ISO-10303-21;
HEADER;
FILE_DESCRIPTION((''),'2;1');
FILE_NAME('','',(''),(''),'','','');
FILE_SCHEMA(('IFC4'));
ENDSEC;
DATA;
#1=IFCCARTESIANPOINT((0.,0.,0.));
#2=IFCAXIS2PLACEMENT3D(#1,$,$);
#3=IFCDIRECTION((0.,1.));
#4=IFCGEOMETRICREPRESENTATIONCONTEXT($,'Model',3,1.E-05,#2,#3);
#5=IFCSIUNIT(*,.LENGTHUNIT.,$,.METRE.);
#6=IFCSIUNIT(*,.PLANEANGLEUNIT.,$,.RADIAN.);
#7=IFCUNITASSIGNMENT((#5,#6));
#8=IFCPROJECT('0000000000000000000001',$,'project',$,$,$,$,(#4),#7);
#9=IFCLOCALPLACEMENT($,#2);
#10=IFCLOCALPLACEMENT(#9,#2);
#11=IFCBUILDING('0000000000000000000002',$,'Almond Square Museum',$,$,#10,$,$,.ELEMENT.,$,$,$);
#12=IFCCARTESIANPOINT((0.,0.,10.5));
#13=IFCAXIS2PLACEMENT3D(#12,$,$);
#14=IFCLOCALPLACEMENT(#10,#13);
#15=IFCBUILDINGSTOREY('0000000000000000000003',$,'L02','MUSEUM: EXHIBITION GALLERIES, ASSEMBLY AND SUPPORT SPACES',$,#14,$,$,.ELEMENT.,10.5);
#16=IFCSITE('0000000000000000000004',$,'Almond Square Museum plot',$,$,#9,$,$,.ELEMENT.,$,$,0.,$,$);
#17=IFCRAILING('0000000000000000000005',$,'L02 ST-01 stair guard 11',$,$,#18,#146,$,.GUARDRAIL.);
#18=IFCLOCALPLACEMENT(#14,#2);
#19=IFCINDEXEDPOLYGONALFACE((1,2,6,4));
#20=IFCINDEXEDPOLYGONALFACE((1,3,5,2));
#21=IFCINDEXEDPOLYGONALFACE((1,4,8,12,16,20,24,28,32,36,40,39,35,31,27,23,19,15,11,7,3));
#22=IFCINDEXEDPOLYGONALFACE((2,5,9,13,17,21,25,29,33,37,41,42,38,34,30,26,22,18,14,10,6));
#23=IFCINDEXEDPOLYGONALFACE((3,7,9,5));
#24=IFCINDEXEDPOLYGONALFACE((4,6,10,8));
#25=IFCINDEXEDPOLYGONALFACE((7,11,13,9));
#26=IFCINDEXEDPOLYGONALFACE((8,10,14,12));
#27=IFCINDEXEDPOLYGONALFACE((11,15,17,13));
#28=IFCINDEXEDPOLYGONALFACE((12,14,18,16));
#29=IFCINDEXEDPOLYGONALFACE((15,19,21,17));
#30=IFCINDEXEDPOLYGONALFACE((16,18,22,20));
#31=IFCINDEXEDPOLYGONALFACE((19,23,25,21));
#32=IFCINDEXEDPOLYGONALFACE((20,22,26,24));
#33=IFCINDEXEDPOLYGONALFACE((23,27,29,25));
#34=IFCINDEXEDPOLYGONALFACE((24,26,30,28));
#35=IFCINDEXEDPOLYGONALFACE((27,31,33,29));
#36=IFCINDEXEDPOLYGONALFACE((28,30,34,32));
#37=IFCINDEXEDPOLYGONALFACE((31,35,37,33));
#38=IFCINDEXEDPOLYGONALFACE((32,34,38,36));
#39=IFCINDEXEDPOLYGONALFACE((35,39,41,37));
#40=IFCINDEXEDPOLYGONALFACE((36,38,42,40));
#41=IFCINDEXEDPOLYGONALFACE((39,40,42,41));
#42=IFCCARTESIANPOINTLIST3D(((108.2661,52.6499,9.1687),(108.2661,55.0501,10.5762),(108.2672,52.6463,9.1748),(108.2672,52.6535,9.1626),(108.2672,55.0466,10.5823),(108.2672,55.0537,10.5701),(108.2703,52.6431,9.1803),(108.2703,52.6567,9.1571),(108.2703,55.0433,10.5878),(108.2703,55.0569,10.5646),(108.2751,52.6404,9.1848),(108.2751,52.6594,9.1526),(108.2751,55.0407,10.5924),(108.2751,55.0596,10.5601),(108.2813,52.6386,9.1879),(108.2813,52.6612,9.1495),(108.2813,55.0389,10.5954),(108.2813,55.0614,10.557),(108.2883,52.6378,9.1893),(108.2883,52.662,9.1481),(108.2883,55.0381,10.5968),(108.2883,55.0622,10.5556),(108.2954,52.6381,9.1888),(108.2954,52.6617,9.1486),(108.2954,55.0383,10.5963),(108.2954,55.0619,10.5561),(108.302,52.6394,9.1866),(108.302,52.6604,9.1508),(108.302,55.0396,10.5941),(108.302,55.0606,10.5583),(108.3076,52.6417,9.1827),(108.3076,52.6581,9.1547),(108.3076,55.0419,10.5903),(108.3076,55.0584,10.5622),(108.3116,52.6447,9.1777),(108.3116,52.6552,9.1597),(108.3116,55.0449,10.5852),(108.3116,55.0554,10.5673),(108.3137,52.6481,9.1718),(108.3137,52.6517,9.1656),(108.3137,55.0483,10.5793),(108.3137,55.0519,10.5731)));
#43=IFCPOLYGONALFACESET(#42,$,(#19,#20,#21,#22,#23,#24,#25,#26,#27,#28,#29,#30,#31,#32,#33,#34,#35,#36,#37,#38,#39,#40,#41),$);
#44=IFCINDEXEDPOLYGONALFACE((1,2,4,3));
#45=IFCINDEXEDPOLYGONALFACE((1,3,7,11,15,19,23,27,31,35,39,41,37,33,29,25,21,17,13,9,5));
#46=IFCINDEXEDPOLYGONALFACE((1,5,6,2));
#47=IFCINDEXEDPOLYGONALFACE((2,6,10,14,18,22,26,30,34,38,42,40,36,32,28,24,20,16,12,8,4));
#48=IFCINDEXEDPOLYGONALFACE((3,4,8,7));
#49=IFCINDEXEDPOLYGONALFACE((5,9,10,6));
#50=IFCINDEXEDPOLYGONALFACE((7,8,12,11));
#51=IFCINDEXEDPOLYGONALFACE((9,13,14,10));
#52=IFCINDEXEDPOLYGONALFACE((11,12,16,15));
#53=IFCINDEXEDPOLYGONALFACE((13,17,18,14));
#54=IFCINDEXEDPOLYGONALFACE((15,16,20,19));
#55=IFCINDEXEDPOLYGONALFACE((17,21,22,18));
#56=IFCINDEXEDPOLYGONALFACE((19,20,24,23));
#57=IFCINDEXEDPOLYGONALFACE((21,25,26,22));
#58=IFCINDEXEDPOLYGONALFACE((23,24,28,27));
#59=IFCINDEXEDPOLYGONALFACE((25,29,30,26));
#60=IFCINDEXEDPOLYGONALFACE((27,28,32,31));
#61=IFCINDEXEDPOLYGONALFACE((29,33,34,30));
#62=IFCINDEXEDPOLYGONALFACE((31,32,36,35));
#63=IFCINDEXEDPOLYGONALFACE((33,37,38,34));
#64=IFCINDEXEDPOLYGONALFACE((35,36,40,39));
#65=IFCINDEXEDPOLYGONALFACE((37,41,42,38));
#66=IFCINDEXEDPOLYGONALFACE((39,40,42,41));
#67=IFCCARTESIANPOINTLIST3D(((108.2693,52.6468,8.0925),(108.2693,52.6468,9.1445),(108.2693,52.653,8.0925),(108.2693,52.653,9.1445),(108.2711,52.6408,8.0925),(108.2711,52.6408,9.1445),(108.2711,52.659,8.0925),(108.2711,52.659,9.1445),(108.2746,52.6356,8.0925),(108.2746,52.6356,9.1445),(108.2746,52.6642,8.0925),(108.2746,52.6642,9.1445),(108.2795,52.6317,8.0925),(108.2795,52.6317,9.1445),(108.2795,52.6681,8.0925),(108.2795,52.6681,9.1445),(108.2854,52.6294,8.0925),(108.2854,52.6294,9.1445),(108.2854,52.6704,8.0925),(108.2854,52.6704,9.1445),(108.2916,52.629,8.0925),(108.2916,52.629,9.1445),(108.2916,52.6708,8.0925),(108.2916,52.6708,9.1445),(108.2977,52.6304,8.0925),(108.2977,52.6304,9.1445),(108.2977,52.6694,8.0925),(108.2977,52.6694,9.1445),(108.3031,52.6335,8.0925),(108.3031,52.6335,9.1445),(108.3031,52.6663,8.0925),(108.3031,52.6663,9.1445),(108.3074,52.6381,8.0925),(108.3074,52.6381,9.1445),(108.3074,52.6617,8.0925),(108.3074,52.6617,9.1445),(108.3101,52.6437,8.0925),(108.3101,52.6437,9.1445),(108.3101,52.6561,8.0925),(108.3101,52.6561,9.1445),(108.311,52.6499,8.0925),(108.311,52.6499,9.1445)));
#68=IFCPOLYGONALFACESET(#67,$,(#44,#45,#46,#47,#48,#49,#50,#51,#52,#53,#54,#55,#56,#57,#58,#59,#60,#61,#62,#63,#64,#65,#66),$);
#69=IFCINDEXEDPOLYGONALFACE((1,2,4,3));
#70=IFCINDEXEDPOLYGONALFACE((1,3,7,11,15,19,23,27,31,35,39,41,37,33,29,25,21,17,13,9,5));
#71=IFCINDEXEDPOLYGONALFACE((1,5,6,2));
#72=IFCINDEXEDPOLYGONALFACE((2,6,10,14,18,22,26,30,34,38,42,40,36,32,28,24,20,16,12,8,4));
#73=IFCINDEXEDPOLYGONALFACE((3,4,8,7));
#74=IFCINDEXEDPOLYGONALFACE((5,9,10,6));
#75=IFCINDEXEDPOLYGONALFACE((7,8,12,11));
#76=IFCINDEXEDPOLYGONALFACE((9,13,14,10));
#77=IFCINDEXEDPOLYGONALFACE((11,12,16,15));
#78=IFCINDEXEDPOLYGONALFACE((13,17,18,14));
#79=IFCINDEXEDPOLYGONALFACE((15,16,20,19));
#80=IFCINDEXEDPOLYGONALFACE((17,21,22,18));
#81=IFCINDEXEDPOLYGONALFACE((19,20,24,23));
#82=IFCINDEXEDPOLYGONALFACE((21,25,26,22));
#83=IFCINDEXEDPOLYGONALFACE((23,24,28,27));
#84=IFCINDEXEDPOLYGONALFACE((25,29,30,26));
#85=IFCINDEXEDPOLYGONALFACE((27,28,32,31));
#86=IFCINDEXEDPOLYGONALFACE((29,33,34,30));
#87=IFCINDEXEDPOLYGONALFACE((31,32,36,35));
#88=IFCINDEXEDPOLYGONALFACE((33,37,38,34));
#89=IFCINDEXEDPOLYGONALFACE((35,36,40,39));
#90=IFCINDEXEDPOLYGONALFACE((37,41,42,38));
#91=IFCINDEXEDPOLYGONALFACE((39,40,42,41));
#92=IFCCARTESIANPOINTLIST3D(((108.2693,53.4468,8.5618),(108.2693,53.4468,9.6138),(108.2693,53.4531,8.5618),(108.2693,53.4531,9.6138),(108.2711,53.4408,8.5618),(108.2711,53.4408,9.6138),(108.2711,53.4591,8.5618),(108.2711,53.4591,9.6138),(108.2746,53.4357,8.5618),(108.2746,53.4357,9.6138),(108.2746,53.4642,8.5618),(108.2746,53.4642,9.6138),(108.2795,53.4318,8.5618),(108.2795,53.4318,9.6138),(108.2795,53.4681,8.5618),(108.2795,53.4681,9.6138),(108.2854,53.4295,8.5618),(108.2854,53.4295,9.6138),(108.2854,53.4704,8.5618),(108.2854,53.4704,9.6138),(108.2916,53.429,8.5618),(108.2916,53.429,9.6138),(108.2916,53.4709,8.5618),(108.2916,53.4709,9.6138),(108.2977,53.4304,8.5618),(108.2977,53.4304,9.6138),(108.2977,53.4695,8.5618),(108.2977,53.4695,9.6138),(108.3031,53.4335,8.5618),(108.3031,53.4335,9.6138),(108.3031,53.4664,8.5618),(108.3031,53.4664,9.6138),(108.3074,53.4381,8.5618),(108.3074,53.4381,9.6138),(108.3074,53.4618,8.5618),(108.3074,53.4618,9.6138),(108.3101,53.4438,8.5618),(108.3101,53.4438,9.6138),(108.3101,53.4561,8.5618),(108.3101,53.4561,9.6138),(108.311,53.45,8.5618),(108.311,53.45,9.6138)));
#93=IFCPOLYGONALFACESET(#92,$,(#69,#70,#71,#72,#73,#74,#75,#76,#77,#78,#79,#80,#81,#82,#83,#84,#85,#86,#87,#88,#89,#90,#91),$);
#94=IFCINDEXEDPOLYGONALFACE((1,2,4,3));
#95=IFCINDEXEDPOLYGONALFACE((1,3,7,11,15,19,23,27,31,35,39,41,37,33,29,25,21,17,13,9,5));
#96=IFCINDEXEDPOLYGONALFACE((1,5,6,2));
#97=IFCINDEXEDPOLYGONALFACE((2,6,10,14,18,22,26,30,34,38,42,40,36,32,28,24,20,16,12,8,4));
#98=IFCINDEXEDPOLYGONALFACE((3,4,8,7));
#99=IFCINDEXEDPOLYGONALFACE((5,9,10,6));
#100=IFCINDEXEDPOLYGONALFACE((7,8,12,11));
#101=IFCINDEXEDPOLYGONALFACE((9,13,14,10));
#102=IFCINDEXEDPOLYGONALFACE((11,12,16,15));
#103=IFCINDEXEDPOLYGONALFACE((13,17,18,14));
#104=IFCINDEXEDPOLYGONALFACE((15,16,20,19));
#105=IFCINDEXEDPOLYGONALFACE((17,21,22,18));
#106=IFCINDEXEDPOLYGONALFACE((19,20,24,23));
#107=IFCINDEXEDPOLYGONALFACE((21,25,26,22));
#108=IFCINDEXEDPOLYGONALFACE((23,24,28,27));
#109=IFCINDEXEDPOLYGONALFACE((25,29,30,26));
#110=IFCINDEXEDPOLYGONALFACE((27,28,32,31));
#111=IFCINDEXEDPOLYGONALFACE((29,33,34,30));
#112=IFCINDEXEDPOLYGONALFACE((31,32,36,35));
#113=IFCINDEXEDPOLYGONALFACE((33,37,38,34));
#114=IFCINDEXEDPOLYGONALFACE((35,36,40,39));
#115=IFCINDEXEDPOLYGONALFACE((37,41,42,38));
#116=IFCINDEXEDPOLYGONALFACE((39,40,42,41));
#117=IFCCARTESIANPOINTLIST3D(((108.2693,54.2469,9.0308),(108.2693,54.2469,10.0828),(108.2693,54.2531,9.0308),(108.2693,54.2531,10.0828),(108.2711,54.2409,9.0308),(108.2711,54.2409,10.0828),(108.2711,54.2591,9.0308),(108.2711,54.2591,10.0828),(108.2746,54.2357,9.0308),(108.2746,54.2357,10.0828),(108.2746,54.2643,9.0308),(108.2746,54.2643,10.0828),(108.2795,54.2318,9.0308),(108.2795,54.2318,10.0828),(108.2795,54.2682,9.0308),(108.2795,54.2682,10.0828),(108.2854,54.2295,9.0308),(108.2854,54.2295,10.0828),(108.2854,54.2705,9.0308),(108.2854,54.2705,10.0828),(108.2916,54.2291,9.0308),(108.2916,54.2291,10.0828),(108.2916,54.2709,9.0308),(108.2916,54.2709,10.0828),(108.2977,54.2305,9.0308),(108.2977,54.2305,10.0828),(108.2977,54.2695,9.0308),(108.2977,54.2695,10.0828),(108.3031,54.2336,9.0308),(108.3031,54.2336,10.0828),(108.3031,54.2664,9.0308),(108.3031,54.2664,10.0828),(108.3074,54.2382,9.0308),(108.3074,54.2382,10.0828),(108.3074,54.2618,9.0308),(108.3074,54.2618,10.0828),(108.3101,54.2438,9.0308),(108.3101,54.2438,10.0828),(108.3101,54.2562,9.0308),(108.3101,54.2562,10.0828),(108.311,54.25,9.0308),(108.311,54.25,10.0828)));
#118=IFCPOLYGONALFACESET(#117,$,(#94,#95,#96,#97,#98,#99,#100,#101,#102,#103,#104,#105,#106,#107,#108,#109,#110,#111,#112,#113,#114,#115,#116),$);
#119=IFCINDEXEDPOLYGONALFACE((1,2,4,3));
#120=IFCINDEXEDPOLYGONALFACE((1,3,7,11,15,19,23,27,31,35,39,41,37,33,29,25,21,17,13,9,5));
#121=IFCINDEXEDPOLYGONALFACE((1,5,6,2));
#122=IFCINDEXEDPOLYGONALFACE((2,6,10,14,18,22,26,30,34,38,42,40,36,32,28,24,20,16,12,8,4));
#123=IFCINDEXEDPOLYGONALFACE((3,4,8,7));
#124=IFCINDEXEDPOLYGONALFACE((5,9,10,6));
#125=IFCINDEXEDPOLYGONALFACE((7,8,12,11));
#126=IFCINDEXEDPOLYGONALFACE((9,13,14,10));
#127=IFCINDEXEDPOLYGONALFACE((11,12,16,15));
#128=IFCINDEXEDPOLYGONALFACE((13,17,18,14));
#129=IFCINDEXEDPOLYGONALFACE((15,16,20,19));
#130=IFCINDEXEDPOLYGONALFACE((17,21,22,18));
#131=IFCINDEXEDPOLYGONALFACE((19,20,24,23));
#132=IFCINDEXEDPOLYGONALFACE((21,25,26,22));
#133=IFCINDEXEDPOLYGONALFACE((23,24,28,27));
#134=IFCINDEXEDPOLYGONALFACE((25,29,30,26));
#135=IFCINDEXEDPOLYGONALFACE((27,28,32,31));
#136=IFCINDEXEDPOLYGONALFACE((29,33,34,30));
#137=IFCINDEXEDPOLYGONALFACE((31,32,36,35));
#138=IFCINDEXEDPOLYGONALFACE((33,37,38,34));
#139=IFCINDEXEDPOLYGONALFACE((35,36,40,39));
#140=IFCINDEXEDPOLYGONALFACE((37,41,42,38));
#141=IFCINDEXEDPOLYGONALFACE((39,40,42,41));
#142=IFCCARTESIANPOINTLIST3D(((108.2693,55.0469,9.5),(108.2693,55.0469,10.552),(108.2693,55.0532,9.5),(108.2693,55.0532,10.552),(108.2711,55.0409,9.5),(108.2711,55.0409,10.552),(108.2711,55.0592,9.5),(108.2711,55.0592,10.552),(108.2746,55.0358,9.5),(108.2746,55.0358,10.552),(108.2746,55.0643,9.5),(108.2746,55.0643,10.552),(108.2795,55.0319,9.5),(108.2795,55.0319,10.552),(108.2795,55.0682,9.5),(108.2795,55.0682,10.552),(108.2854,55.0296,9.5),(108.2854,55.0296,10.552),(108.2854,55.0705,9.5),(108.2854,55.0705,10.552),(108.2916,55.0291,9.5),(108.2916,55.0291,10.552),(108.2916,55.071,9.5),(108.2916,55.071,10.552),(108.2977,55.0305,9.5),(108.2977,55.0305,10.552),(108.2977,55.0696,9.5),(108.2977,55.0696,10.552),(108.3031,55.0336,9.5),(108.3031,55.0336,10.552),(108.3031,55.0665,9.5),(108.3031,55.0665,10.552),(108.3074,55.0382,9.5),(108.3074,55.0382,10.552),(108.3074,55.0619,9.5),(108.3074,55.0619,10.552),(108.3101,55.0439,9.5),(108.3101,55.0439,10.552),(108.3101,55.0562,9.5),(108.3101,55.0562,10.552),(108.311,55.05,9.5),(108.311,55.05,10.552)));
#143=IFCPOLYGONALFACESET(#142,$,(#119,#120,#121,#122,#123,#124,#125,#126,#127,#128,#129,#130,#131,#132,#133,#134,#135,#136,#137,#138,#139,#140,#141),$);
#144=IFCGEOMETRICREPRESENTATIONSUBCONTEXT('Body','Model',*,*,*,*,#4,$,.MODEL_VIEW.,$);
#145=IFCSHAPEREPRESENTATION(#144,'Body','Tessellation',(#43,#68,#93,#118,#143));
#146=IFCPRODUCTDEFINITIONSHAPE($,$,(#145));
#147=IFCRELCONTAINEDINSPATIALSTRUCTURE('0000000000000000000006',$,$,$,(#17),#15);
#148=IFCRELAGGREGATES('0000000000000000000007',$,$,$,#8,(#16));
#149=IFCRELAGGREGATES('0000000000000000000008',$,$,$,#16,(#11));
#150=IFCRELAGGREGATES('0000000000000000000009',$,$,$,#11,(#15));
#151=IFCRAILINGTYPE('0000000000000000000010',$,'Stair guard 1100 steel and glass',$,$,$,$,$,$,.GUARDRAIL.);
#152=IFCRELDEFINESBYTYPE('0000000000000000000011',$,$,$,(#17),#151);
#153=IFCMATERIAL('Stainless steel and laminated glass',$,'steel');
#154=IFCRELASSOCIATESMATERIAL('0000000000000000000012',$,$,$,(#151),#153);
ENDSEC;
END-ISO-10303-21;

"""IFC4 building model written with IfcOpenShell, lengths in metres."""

from ifc_helpers import new_model, si_unit, direction, frame, origin, origin_2d, place, context, subcontext, project, spatial, circle, extrude, material, type_object, element, save


model = new_model("IFC4")

# Units and contexts
model_context = context("Model", 3, precision=1e-05, world=origin(), true_north=direction((0.0, 1.0)))
body_context = subcontext(model_context, "Body", "Model", "MODEL_VIEW")
ifc_project = project(units=[si_unit("LENGTHUNIT", "METRE"), si_unit("PLANEANGLEUNIT", "RADIAN")], contexts=[model_context])

# Site, building, storey
site_placement = place(None, origin())
site = spatial("IfcSite", under=ifc_project, at=site_placement, Name="Almond Square Museum plot", CompositionType="ELEMENT", RefElevation=0.0)
building_placement = place(site_placement, origin())
building = spatial("IfcBuilding", under=site, at=building_placement, Name="Almond Square Museum", CompositionType="ELEMENT")
storey_placement = place(building_placement, frame((0.0, 0.0, 10.5)))
storey = spatial("IfcBuildingStorey", under=building, at=storey_placement, Name="L02", Description="MUSEUM: EXHIBITION GALLERIES, ASSEMBLY AND SUPPORT SPACES", CompositionType="ELEMENT", Elevation=10.5)

# Railing
ifc_material_1 = material(Name="Stainless steel and laminated glass", Category="steel")
railing_type_1 = type_object("IfcRailingType", Name="Stair guard 1100 steel and glass", PredefinedType="GUARDRAIL", material=ifc_material_1)
railing_1_placement = place(storey_placement, frame((108.29, 52.6499, 8.0925)))
element("IfcRailing", 1, at=railing_1_placement, inside=storey, type_object=railing_type_1, Name="L02 ST-01 stair guard 11", PredefinedType="GUARDRAIL", context=body_context, shape_type="SweptSolid", body=[
    extrude(circle(Radius=0.0239, at=origin_2d()), frame((0.0, 0.0, 1.0762), z_axis=(0.0, 0.862621, 0.50585), x_axis=(-1.0, 0.0, 0.0)), (0.0, 0.0, 1.0), 2.7825),
    extrude(circle(Radius=0.021, at=origin_2d()), origin(), (0.0, 0.0, 1.0), 1.052),
    extrude(circle(Radius=0.021, at=origin_2d()), frame((0.0, 0.8, 0.4692)), (0.0, 0.0, 1.0), 1.052),
    extrude(circle(Radius=0.021, at=origin_2d()), frame((0.0, 1.6001, 0.9382)), (0.0, 0.0, 1.0), 1.052),
    extrude(circle(Radius=0.021, at=origin_2d()), frame((0.0, 2.4001, 1.4075)), (0.0, 0.0, 1.0), 1.052),
])

save(model, "model.ifc")
